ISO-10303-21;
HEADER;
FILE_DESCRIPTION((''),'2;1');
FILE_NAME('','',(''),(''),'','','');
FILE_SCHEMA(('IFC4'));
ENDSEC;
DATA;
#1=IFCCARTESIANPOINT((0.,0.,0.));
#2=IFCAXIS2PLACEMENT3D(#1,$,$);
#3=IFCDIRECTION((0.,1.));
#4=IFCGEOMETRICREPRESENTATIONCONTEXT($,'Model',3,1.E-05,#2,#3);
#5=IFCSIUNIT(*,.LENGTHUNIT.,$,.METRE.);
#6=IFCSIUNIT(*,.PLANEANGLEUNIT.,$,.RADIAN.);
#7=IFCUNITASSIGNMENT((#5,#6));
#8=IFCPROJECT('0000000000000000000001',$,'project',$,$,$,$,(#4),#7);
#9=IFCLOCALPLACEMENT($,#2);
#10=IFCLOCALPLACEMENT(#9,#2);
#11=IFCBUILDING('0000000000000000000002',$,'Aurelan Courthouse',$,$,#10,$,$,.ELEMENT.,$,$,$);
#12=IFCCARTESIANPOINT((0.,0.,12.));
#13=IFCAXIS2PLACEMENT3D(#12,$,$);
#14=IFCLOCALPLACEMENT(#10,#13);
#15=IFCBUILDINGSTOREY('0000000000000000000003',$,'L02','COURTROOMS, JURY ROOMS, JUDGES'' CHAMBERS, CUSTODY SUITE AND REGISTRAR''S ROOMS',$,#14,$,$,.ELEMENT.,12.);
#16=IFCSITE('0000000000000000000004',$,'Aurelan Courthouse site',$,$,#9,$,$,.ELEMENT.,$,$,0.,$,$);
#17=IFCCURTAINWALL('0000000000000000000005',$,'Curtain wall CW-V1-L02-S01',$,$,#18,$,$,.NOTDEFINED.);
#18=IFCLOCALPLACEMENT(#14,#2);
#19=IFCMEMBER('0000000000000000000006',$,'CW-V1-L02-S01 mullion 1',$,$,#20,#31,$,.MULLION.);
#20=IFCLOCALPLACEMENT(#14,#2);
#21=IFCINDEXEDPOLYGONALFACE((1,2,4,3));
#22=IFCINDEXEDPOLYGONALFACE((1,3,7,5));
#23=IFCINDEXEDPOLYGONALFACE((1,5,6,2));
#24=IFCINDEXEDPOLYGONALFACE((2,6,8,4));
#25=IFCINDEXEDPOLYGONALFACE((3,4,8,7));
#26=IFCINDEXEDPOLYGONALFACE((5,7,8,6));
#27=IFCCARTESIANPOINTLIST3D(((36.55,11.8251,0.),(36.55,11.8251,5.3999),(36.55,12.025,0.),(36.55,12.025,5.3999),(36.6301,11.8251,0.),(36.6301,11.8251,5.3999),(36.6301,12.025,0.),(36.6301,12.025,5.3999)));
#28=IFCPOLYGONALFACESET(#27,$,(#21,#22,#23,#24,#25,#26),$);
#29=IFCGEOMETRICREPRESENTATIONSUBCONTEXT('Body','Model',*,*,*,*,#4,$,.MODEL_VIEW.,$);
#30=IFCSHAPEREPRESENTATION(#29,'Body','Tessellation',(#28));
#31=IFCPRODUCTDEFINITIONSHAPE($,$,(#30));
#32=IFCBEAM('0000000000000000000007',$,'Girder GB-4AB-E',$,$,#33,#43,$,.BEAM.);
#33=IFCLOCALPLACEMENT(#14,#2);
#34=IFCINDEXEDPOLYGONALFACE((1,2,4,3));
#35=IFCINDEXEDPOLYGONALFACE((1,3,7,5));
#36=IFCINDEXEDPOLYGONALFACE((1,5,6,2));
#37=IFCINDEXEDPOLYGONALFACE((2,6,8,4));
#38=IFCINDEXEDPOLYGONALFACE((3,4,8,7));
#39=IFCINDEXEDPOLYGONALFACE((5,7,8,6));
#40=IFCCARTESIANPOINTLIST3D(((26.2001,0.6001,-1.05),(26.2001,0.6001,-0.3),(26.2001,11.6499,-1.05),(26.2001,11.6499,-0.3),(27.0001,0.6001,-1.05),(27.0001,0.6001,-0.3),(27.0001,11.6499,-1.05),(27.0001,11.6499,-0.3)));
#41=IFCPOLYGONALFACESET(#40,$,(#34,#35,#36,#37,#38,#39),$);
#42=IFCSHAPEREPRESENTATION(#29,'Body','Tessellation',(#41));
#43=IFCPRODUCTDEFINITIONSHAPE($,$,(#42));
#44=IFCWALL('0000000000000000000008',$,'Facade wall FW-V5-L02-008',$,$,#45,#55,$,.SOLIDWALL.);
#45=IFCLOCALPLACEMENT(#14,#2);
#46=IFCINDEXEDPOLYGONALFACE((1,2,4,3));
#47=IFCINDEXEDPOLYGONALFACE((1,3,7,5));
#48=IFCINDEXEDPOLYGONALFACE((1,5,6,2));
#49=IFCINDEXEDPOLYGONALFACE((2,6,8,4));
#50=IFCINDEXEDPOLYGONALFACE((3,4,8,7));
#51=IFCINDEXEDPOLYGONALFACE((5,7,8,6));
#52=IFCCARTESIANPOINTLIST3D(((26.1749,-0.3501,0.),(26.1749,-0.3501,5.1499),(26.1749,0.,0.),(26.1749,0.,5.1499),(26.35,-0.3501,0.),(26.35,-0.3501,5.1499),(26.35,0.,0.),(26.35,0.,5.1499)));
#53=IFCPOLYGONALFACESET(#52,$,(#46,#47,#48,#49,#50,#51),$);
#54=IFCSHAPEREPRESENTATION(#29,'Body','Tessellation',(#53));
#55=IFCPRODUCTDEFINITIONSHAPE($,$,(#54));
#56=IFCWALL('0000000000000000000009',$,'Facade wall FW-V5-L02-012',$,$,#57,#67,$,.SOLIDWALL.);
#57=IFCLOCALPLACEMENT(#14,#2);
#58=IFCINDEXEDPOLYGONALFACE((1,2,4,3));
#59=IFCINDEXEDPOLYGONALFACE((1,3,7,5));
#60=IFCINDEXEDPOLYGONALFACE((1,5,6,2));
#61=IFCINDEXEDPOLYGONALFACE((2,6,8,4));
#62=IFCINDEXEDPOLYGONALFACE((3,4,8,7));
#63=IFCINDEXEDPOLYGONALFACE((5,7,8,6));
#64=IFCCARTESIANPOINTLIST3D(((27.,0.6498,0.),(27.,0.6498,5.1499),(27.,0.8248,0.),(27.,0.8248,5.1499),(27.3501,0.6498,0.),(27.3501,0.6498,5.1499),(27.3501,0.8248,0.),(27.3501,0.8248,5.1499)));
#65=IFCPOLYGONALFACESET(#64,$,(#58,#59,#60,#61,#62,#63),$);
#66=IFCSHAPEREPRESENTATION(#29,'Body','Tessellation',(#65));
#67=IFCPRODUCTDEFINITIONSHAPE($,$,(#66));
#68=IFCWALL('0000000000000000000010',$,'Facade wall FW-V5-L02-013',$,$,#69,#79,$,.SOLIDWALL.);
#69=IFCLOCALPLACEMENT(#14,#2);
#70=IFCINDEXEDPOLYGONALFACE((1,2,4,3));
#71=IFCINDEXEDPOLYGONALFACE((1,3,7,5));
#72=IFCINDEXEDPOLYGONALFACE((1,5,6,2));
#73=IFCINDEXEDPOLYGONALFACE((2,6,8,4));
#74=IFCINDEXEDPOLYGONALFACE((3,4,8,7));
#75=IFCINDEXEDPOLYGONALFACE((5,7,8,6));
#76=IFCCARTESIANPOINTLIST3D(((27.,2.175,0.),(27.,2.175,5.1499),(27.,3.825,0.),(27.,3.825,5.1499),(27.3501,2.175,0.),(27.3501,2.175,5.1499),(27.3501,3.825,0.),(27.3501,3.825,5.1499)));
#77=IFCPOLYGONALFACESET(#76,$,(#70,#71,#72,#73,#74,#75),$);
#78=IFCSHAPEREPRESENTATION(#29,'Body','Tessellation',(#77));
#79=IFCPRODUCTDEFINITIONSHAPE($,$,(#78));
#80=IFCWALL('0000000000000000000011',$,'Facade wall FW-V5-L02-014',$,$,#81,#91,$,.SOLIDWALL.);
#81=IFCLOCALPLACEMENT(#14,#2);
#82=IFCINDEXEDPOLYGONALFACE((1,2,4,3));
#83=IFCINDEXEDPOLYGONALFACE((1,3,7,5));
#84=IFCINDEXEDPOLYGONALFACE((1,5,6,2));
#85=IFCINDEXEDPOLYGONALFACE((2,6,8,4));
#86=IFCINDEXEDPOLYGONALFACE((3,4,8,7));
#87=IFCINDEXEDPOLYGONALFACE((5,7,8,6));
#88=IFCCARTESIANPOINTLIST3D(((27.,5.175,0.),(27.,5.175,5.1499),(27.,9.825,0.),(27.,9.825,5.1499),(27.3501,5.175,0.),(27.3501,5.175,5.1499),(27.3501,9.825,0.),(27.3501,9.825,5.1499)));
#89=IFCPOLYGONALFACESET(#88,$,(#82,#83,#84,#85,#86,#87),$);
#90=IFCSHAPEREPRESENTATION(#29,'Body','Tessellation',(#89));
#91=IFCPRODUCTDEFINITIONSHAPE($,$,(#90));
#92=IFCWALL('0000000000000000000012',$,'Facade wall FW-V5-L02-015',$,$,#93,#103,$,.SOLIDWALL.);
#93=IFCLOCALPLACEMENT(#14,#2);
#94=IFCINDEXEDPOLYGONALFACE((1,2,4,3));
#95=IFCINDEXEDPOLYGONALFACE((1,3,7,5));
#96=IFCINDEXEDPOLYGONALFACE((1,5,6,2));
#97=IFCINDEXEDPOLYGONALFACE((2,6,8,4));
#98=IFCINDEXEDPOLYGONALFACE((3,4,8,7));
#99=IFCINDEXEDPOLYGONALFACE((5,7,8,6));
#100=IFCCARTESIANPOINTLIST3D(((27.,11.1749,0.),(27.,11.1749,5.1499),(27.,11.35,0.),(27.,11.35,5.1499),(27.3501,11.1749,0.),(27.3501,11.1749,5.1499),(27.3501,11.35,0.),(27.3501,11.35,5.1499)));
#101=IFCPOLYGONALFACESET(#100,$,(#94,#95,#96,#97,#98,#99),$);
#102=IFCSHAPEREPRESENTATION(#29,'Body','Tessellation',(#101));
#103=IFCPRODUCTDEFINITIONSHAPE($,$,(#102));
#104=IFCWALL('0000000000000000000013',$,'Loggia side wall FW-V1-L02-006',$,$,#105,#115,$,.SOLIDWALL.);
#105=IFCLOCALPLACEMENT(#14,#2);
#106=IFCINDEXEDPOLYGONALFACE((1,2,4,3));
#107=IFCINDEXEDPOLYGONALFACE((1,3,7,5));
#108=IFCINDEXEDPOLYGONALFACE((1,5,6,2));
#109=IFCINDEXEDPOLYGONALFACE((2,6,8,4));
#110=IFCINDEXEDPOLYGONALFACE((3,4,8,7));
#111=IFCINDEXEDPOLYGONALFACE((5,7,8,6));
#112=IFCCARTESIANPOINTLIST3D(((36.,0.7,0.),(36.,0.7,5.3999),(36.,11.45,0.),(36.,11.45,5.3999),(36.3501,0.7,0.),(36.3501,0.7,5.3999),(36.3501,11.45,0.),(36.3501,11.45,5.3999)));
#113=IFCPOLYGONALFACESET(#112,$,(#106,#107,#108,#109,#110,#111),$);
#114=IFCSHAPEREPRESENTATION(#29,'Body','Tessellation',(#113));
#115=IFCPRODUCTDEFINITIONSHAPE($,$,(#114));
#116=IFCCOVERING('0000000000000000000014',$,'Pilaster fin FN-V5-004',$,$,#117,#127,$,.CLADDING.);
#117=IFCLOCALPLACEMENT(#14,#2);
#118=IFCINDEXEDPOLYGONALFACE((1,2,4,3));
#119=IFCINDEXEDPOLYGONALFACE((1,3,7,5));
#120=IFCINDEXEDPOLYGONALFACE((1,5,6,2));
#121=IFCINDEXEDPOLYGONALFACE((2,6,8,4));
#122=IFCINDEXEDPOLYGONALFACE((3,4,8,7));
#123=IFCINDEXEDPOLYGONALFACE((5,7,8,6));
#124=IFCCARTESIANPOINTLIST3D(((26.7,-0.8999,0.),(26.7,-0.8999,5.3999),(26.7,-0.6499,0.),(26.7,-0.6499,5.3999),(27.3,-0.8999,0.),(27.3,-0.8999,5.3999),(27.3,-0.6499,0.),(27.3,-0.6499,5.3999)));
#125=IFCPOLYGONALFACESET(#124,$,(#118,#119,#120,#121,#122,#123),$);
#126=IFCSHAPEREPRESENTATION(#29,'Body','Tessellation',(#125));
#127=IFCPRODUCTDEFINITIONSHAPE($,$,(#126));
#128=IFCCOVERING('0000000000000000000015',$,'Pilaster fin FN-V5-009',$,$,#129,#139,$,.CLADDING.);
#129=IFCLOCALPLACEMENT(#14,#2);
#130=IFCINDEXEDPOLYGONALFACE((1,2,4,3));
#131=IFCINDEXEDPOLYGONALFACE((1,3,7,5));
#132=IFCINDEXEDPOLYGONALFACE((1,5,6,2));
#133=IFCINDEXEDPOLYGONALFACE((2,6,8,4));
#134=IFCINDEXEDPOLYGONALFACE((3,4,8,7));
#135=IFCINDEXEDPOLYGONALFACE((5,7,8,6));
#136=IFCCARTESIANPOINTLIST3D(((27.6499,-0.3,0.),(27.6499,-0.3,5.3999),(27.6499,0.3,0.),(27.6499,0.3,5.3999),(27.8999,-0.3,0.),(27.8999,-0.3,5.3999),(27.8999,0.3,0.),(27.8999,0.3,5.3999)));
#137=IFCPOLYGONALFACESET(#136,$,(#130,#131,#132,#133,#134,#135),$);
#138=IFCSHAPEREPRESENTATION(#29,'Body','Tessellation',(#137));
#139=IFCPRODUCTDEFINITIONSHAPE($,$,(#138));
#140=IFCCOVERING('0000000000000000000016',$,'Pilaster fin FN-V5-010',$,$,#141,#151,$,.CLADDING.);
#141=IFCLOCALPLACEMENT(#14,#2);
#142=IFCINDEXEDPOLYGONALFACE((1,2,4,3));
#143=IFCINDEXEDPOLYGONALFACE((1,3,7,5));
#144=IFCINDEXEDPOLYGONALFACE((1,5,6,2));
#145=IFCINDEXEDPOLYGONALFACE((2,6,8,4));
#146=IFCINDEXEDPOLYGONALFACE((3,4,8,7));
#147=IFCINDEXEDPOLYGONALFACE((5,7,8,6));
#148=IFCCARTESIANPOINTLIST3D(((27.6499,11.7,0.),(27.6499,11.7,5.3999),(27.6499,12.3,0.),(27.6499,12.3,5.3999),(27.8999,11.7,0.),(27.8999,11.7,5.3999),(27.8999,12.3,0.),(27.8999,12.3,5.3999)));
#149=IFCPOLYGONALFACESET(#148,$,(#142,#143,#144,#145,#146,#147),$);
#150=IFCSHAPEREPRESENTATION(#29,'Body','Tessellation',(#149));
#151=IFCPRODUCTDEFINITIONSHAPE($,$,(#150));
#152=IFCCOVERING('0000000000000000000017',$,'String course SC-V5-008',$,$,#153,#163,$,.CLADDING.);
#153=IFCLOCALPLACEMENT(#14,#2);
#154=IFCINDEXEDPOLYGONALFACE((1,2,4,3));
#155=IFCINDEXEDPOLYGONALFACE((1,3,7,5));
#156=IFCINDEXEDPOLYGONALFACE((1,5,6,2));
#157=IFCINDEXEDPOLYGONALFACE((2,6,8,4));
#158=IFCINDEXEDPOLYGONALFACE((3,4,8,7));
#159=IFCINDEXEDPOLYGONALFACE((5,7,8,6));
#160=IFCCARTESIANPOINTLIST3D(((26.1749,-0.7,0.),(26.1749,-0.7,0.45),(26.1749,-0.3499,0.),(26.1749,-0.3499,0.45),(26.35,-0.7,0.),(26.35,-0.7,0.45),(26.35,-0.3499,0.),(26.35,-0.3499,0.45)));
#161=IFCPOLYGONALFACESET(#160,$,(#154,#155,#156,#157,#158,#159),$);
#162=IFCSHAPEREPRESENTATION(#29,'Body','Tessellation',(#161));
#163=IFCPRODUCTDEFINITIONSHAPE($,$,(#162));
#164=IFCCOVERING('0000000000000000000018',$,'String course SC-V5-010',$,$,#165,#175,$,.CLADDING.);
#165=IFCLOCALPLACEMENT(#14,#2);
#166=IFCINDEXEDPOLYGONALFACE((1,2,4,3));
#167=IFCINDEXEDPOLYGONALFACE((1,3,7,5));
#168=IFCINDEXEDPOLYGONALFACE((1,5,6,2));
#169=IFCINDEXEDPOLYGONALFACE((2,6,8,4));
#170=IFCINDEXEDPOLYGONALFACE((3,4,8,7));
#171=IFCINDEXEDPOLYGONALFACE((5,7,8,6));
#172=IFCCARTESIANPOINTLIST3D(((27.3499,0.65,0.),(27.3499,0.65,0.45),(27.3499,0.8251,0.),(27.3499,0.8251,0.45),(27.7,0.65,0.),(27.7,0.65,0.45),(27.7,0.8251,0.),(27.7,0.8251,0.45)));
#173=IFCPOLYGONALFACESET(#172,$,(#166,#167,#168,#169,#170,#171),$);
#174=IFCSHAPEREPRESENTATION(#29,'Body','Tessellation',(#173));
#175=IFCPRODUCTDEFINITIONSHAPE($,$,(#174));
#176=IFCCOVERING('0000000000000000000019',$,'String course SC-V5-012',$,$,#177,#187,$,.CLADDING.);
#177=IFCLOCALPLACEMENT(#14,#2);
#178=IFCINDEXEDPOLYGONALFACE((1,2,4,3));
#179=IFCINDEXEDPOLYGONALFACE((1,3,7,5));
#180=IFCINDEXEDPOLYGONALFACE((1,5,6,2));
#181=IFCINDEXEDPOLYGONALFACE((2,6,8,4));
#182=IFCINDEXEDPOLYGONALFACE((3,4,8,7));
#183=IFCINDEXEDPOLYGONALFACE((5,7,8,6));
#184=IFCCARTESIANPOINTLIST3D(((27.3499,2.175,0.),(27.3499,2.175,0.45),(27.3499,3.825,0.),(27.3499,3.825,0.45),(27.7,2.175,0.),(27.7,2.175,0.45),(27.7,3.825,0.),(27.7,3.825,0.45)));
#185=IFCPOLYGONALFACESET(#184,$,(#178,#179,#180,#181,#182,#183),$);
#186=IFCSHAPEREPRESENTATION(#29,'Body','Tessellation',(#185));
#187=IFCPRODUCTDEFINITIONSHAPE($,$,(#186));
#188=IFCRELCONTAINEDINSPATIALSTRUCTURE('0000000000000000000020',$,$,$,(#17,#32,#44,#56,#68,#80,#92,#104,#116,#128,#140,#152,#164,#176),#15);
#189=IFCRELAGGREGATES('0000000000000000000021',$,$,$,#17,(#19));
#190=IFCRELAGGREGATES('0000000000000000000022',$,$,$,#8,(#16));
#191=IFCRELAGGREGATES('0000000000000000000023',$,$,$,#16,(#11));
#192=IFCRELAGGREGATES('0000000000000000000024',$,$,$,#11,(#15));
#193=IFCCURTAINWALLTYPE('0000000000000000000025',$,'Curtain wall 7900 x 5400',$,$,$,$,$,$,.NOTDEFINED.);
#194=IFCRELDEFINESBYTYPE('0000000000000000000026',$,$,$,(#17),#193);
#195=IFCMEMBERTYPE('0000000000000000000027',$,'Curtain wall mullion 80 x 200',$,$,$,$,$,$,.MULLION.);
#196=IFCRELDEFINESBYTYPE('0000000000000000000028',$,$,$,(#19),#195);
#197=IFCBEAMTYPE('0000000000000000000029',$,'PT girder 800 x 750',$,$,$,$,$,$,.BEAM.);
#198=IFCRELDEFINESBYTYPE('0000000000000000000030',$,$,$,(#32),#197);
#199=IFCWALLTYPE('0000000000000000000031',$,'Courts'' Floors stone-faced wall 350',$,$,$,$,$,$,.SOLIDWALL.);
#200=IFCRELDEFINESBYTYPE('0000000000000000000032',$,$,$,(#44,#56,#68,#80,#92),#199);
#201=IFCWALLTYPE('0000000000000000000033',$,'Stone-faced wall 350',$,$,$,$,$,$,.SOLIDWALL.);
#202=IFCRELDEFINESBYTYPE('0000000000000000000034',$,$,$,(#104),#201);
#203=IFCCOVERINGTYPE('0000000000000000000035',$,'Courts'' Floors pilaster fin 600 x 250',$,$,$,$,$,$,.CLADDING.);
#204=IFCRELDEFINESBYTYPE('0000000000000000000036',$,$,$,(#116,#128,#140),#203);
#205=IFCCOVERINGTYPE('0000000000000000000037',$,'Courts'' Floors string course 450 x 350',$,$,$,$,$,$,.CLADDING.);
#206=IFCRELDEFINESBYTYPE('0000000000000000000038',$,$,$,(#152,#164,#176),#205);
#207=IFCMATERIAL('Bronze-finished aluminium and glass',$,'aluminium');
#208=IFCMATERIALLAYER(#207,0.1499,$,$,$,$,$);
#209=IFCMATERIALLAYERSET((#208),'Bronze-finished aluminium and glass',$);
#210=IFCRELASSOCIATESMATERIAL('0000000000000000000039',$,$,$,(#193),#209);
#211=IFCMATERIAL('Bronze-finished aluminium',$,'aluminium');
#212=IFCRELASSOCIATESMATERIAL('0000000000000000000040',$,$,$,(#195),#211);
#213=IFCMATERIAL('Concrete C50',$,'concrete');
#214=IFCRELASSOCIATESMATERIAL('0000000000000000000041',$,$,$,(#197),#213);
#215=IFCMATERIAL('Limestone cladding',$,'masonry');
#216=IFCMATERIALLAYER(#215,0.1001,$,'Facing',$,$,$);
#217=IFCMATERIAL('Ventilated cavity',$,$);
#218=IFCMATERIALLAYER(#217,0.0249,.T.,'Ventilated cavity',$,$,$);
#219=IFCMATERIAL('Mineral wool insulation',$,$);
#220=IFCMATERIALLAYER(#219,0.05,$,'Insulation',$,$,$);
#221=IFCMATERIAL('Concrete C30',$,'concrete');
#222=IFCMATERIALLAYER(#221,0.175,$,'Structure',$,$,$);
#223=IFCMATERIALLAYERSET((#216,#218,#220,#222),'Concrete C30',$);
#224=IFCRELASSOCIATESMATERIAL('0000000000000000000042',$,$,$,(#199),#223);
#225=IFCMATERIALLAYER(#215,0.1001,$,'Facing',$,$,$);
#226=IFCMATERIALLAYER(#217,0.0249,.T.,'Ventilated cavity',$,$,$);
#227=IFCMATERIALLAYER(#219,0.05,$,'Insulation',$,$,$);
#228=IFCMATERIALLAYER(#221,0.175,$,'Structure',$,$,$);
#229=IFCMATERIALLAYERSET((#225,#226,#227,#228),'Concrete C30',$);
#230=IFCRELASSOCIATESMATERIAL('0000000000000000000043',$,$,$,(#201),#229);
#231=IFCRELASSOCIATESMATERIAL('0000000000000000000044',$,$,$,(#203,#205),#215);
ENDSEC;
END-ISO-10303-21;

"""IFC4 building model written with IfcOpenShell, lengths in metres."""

from ifc_helpers import new_model, si_unit, direction, frame, frame_2d, origin, origin_2d, place, context, subcontext, project, spatial, rectangle, extrude, material, layer, layer_set, material_profile, profile_set, type_object, element, aggregate, save


model = new_model("IFC4")

# Units and contexts
model_context = context("Model", 3, precision=1e-05, world=origin(), true_north=direction((0.0, 1.0)))
body_context = subcontext(model_context, "Body", "Model", "MODEL_VIEW")
ifc_project = project(units=[si_unit("LENGTHUNIT", "METRE"), si_unit("PLANEANGLEUNIT", "RADIAN")], contexts=[model_context])

# Site, building, storey
site_placement = place(None, origin())
site = spatial("IfcSite", under=ifc_project, at=site_placement, Name="Aurelan Courthouse site", CompositionType="ELEMENT", RefElevation=0.0)
building_placement = place(site_placement, origin())
building = spatial("IfcBuilding", under=site, at=building_placement, Name="Aurelan Courthouse", CompositionType="ELEMENT")
storey_placement = place(building_placement, frame((0.0, 0.0, 12.0)))
storey = spatial("IfcBuildingStorey", under=building, at=storey_placement, Name="L02", Description="COURTROOMS, JURY ROOMS, JUDGES' CHAMBERS, CUSTODY SUITE AND REGISTRAR'S ROOMS", CompositionType="ELEMENT", Elevation=12.0)

# Shared definitions
ifc_material_1 = material(Name="Concrete C50", Category="concrete")

# Shared definitions
ifc_material_2 = material(Name="Bronze-finished aluminium and glass", Category="aluminium")
ifc_material_3 = material(Name="Bronze-finished aluminium", Category="aluminium")

# Curtain wall, member
ifc_layer_1 = layer(ifc_material_2, 0.1499)
ifc_layer_set_1 = layer_set([ifc_layer_1], Name="Bronze-finished aluminium and glass")
curtain_wall_type_1 = type_object("IfcCurtainWallType", Name="Curtain wall 7900 x 5400", PredefinedType="NOTDEFINED", material=ifc_layer_set_1)
curtain_wall_1_placement = place(storey_placement, origin())
curtain_wall_1 = element("IfcCurtainWall", 1, at=curtain_wall_1_placement, inside=storey, type_object=curtain_wall_type_1, Name="Curtain wall CW-V1-L02-S01", PredefinedType="NOTDEFINED")
ifc_material_profile_1 = material_profile(ifc_material_3, rectangle(XDim=0.2, YDim=0.0801, at=origin_2d()), Name="Bronze mullion 80 x 200")
ifc_profile_set_1 = profile_set([ifc_material_profile_1], Name="Bronze-finished aluminium")
member_type_1 = type_object("IfcMemberType", Name="Curtain wall mullion 80 x 200", PredefinedType="MULLION", material=ifc_profile_set_1)
member_1_placement = place(storey_placement, frame((36.5901, 11.925, 0.0), z_axis=(0.0, 0.0, 1.0), x_axis=(0.0, 1.0, 0.0)))
member_1 = element("IfcMember", 2, at=member_1_placement, type_object=member_type_1, Name="CW-V1-L02-S01 mullion 1", PredefinedType="MULLION", context=body_context, shape_type="SweptSolid", body=[
    extrude(rectangle(XDim=0.2, YDim=0.0801, at=origin_2d()), origin(), (0.0, 0.0, 1.0), 5.3999),
])
aggregate(curtain_wall_1, [member_1])

# Beam
ifc_material_profile_2 = material_profile(ifc_material_1, rectangle(XDim=0.8, YDim=0.75, at=origin_2d()), Name="RC 800 x 750")
ifc_profile_set_2 = profile_set([ifc_material_profile_2], Name="Concrete C50")
beam_type = type_object("IfcBeamType", Name="PT girder 800 x 750", PredefinedType="BEAM", material=ifc_profile_set_2)
beam_placement = place(storey_placement, frame((26.6001, 0.6001, -0.675), z_axis=(0.0, 1.0, 0.0), x_axis=(-1.0, 0.0, 0.0)))
element("IfcBeam", 3, at=beam_placement, inside=storey, type_object=beam_type, Name="Girder GB-4AB-E", PredefinedType="BEAM", context=body_context, shape_type="SweptSolid", body=[
    extrude(rectangle(XDim=0.8, YDim=0.75, at=origin_2d()), origin(), (0.0, 0.0, 1.0), 11.0498),
])

# Walls
ifc_material_4 = material(Name="Limestone cladding", Category="masonry")
ifc_layer_2 = layer(ifc_material_4, 0.1001, Name="Facing")
ifc_material_5 = material(Name="Ventilated cavity")
ifc_layer_3 = layer(ifc_material_5, 0.0249, ventilated=True, Name="Ventilated cavity")
ifc_material_6 = material(Name="Mineral wool insulation")
ifc_layer_4 = layer(ifc_material_6, 0.05, Name="Insulation")
ifc_material_7 = material(Name="Concrete C30", Category="concrete")
ifc_layer_5 = layer(ifc_material_7, 0.175, Name="Structure")
ifc_layer_set_2 = layer_set([ifc_layer_2, ifc_layer_3, ifc_layer_4, ifc_layer_5], Name="Concrete C30")
wall_type_1 = type_object("IfcWallType", Name="Courts' Floors stone-faced wall 350", PredefinedType="SOLIDWALL", material=ifc_layer_set_2)
for number, where, z_axis, x_axis, name in (
    (4, (26.175, -0.175, 0.0), (0.0, 0.0, 1.0), (1.0, 0.0, 0.0), "Facade wall FW-V5-L02-008"),
    (5, (27.175, 0.6499, 0.0), (0.0, 0.0, 1.0), (0.0, 1.0, 0.0), "Facade wall FW-V5-L02-012"),
):
    element("IfcWall", number, at=place(storey_placement, frame(where, z_axis=z_axis, x_axis=x_axis)), inside=storey, type_object=wall_type_1, Name=name, PredefinedType="SOLIDWALL", context=body_context, shape_type="SweptSolid", body=[
        extrude(rectangle(XDim=0.175, YDim=0.3501, at=frame_2d((0.0874, 0.0))), origin(), (0.0, 0.0, 1.0), 5.1499),
    ])
wall_1_placement = place(storey_placement, frame((27.175, 2.175, 0.0), z_axis=(0.0, 0.0, 1.0), x_axis=(0.0, 1.0, 0.0)))
element("IfcWall", 6, at=wall_1_placement, inside=storey, type_object=wall_type_1, Name="Facade wall FW-V5-L02-013", PredefinedType="SOLIDWALL", context=body_context, shape_type="SweptSolid", body=[
    extrude(rectangle(XDim=1.6499, YDim=0.3501, at=frame_2d((0.825, 0.0))), origin(), (0.0, 0.0, 1.0), 5.1499),
])
wall_2_placement = place(storey_placement, frame((27.175, 5.175, 0.0), z_axis=(0.0, 0.0, 1.0), x_axis=(0.0, 1.0, 0.0)))
element("IfcWall", 7, at=wall_2_placement, inside=storey, type_object=wall_type_1, Name="Facade wall FW-V5-L02-014", PredefinedType="SOLIDWALL", context=body_context, shape_type="SweptSolid", body=[
    extrude(rectangle(XDim=4.6499, YDim=0.3501, at=frame_2d((2.325, 0.0))), origin(), (0.0, 0.0, 1.0), 5.1499),
])
wall_3_placement = place(storey_placement, frame((27.175, 11.175, 0.0), z_axis=(0.0, 0.0, 1.0), x_axis=(0.0, 1.0, 0.0)))
element("IfcWall", 8, at=wall_3_placement, inside=storey, type_object=wall_type_1, Name="Facade wall FW-V5-L02-015", PredefinedType="SOLIDWALL", context=body_context, shape_type="SweptSolid", body=[
    extrude(rectangle(XDim=0.175, YDim=0.3501, at=frame_2d((0.0874, 0.0))), origin(), (0.0, 0.0, 1.0), 5.1499),
])
ifc_layer_6 = layer(ifc_material_4, 0.1001, Name="Facing")
ifc_layer_7 = layer(ifc_material_5, 0.0249, ventilated=True, Name="Ventilated cavity")
ifc_layer_8 = layer(ifc_material_6, 0.05, Name="Insulation")
ifc_layer_9 = layer(ifc_material_7, 0.175, Name="Structure")
ifc_layer_set_3 = layer_set([ifc_layer_6, ifc_layer_7, ifc_layer_8, ifc_layer_9], Name="Concrete C30")
wall_type_2 = type_object("IfcWallType", Name="Stone-faced wall 350", PredefinedType="SOLIDWALL", material=ifc_layer_set_3)
wall_4_placement = place(storey_placement, frame((36.175, 0.7, 0.0), z_axis=(0.0, 0.0, 1.0), x_axis=(0.0, 1.0, 0.0)))
element("IfcWall", 9, at=wall_4_placement, inside=storey, type_object=wall_type_2, Name="Loggia side wall FW-V1-L02-006", PredefinedType="SOLIDWALL", context=body_context, shape_type="SweptSolid", body=[
    extrude(rectangle(XDim=10.75, YDim=0.3501, at=frame_2d((5.375, 0.0))), origin(), (0.0, 0.0, 1.0), 5.3999),
])

# Coverings
covering_type_1 = type_object("IfcCoveringType", Name="Courts' Floors pilaster fin 600 x 250", PredefinedType="CLADDING", material=ifc_material_4)
covering_1_placement = place(storey_placement, frame((27.0, -0.7749, 0.0), z_axis=(0.0, 0.0, 1.0), x_axis=(1.0, 0.0, 0.0)))
element("IfcCovering", 10, at=covering_1_placement, inside=storey, type_object=covering_type_1, Name="Pilaster fin FN-V5-004", PredefinedType="CLADDING", context=body_context, shape_type="SweptSolid", body=[
    extrude(rectangle(XDim=0.6001, YDim=0.25, at=origin_2d()), origin(), (0.0, 0.0, 1.0), 5.3999),
])
for number, where, z_axis, x_axis, name in (
    (11, (27.7749, 0.0, 0.0), (0.0, 0.0, 1.0), (1.0, 0.0, 0.0), "Pilaster fin FN-V5-009"),
    (12, (27.7749, 12.0, 0.0), (0.0, 0.0, 1.0), (1.0, 0.0, 0.0), "Pilaster fin FN-V5-010"),
):
    element("IfcCovering", number, at=place(storey_placement, frame(where, z_axis=z_axis, x_axis=x_axis)), inside=storey, type_object=covering_type_1, Name=name, PredefinedType="CLADDING", context=body_context, shape_type="SweptSolid", body=[
        extrude(rectangle(XDim=0.25, YDim=0.6001, at=origin_2d()), origin(), (0.0, 0.0, 1.0), 5.3999),
    ])
covering_type_2 = type_object("IfcCoveringType", Name="Courts' Floors string course 450 x 350", PredefinedType="CLADDING", material=ifc_material_4)
covering_2_placement = place(storey_placement, frame((26.2625, -0.5249, 0.0), z_axis=(0.0, 0.0, 1.0), x_axis=(1.0, 0.0, 0.0)))
element("IfcCovering", 13, at=covering_2_placement, inside=storey, type_object=covering_type_2, Name="String course SC-V5-008", PredefinedType="CLADDING", context=body_context, shape_type="SweptSolid", body=[
    extrude(rectangle(XDim=0.175, YDim=0.3501, at=origin_2d()), origin(), (0.0, 0.0, 1.0), 0.45),
])
covering_3_placement = place(storey_placement, frame((27.5249, 0.7375, 0.0), z_axis=(0.0, 0.0, 1.0), x_axis=(1.0, 0.0, 0.0)))
element("IfcCovering", 14, at=covering_3_placement, inside=storey, type_object=covering_type_2, Name="String course SC-V5-010", PredefinedType="CLADDING", context=body_context, shape_type="SweptSolid", body=[
    extrude(rectangle(XDim=0.3501, YDim=0.175, at=origin_2d()), origin(), (0.0, 0.0, 1.0), 0.45),
])
covering_4_placement = place(storey_placement, frame((27.5249, 3.0, 0.0), z_axis=(0.0, 0.0, 1.0), x_axis=(1.0, 0.0, 0.0)))
element("IfcCovering", 15, at=covering_4_placement, inside=storey, type_object=covering_type_2, Name="String course SC-V5-012", PredefinedType="CLADDING", context=body_context, shape_type="SweptSolid", body=[
    extrude(rectangle(XDim=0.3501, YDim=1.6499, at=origin_2d()), origin(), (0.0, 0.0, 1.0), 0.45),
])

save(model, "model.ifc")
